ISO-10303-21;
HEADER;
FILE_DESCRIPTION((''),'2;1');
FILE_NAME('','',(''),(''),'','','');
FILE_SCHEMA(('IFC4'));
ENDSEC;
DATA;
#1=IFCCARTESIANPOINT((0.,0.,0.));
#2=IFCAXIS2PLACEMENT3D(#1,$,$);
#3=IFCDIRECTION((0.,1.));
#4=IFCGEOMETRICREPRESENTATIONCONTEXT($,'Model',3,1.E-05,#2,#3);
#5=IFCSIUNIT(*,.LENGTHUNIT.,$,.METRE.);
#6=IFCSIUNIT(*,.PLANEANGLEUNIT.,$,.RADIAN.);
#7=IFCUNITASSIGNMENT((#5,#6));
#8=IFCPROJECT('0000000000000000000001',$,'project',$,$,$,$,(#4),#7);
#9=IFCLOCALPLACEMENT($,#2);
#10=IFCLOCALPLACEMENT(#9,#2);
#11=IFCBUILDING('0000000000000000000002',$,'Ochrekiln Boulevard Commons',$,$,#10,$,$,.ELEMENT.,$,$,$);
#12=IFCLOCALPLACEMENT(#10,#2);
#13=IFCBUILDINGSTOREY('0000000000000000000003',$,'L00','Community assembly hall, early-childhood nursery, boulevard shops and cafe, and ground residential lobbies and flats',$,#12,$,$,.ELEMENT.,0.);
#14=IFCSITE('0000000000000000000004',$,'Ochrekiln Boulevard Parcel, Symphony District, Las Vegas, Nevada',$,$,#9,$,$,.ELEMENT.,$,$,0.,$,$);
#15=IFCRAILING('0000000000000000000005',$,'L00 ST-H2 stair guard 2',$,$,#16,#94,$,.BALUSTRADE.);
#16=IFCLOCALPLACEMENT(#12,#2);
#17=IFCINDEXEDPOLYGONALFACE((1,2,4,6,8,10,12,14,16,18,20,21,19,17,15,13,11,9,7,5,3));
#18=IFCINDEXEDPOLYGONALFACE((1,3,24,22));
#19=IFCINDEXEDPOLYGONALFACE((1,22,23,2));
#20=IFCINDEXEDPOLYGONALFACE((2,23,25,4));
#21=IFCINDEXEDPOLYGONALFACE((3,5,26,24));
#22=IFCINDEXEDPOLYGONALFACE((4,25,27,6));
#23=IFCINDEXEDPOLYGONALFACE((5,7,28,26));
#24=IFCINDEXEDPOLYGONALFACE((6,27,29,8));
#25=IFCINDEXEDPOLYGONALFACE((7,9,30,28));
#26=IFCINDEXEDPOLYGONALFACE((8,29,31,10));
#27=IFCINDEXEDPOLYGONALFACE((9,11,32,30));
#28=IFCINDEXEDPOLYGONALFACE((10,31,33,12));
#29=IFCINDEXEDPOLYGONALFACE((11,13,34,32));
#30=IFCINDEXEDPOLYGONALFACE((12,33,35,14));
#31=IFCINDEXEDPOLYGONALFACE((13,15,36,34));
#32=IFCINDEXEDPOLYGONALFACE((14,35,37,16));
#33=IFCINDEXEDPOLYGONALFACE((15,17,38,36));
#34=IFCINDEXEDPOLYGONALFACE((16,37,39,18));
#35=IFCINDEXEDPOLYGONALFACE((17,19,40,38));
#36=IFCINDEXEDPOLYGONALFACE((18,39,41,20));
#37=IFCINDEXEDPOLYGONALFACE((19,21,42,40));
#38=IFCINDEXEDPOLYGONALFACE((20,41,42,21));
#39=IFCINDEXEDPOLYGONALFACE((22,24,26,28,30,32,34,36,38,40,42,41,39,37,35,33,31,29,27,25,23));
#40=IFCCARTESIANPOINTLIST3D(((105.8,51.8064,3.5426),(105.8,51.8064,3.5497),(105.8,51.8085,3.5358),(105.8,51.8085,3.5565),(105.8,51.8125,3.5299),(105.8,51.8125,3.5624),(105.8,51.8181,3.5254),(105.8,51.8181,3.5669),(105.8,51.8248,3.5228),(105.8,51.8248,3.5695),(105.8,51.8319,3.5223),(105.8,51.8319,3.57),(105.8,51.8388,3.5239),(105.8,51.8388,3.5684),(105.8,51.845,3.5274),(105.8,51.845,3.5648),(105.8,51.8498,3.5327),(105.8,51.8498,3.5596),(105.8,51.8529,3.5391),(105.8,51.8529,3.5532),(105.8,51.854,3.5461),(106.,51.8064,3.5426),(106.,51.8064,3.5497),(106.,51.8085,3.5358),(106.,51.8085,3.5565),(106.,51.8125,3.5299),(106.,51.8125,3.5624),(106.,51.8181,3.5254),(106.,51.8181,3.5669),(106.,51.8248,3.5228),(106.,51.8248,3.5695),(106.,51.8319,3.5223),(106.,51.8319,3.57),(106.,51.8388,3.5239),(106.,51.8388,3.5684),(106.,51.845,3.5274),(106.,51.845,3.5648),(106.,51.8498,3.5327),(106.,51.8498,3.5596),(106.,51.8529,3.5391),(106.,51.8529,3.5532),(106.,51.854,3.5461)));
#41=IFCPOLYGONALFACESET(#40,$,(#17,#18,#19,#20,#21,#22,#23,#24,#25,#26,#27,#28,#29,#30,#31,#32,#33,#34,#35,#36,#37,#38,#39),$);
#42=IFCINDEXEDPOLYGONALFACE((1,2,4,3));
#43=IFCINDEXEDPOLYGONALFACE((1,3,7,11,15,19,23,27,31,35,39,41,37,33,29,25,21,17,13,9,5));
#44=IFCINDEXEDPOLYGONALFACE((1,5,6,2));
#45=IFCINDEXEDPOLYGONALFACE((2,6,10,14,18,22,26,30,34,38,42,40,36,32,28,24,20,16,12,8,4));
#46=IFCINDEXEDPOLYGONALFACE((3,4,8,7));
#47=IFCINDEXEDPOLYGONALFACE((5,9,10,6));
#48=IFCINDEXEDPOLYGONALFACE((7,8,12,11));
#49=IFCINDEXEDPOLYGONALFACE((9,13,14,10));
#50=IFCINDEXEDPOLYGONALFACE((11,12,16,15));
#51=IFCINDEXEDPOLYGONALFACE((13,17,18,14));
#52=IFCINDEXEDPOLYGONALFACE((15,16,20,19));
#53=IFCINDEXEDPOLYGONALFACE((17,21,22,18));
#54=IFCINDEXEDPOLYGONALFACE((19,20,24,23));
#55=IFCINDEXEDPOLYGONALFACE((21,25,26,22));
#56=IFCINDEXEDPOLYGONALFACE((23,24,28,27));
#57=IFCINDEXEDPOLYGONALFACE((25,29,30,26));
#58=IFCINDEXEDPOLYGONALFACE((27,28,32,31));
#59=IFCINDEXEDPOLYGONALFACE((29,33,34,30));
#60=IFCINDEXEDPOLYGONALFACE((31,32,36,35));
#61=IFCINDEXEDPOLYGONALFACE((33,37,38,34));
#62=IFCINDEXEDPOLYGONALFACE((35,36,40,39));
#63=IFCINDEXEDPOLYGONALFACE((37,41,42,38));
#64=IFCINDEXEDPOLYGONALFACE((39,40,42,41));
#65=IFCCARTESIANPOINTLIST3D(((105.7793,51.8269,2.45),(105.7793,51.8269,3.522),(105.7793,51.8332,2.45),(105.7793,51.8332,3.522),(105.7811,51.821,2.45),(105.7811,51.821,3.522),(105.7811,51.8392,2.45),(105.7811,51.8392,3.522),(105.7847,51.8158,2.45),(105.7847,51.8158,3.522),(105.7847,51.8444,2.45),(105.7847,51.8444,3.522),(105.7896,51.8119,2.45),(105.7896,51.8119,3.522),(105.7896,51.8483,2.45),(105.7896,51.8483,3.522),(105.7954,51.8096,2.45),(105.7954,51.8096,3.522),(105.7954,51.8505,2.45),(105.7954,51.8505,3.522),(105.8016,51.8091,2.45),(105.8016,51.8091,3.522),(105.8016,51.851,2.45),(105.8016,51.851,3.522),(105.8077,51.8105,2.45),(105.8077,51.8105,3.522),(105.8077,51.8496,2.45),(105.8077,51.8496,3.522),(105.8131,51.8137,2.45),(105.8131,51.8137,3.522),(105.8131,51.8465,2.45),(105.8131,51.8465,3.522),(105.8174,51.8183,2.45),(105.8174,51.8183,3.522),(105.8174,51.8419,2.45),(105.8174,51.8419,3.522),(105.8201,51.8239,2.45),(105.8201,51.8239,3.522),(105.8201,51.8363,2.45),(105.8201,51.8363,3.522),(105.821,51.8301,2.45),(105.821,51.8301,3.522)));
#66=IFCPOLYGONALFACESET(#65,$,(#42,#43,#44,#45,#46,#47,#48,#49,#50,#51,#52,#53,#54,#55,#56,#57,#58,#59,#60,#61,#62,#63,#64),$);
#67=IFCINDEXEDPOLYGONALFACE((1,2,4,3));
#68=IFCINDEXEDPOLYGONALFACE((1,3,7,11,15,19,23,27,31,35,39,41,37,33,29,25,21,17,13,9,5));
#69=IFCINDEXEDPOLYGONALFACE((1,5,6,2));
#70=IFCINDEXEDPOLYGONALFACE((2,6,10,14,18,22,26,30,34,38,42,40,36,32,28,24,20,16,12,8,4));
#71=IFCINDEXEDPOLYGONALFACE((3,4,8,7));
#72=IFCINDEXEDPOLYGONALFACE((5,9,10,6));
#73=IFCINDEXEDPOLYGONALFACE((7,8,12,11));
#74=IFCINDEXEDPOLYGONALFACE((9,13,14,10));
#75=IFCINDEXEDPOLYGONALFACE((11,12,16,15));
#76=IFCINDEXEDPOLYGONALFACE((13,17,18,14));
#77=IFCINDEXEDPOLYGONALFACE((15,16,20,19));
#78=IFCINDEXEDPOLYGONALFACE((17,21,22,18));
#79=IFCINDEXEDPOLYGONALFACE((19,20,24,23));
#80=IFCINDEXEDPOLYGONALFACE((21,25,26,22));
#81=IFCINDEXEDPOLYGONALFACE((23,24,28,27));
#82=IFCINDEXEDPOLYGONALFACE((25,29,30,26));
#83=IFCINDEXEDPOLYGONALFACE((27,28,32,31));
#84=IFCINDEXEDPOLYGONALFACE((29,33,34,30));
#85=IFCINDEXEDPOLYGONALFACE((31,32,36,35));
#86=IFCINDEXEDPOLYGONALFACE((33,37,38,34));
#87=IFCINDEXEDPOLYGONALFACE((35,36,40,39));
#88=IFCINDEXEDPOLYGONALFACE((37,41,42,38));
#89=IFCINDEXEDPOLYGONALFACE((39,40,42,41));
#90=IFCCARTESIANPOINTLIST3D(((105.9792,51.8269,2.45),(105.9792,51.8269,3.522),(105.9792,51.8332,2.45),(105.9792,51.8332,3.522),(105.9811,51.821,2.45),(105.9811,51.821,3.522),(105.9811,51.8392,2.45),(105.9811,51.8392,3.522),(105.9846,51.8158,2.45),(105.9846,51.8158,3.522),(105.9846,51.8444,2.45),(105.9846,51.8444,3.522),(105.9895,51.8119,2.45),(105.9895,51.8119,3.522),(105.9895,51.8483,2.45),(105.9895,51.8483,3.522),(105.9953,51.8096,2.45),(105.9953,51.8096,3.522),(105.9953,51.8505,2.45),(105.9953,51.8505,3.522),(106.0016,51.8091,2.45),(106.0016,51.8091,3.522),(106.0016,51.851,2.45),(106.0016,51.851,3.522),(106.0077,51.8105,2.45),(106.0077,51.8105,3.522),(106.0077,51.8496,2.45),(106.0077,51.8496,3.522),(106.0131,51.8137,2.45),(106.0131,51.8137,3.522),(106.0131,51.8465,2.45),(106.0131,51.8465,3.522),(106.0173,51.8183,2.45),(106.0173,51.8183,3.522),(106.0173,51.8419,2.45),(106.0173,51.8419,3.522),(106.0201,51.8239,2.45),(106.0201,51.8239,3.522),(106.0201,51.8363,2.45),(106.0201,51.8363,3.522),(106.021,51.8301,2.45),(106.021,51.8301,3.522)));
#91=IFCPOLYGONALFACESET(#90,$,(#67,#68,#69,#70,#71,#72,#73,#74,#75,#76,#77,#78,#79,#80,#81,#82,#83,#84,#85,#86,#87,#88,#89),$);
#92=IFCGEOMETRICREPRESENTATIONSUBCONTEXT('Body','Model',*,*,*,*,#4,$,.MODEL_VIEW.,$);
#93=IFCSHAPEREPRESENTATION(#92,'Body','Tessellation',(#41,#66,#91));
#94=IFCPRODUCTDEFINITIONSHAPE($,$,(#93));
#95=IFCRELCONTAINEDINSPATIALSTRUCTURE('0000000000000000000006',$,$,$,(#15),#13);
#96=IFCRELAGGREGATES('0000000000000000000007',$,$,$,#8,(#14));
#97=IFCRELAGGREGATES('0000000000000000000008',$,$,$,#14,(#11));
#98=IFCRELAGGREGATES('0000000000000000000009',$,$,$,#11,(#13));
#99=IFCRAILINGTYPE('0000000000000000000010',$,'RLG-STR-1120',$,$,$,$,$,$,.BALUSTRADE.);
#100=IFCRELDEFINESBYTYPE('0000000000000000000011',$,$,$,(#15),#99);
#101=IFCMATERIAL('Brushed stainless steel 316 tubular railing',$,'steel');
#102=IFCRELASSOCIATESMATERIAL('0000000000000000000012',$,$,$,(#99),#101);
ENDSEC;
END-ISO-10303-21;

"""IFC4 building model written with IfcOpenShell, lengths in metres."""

from ifc_helpers import new_model, si_unit, direction, frame, origin, origin_2d, place, context, subcontext, project, spatial, circle, extrude, material, type_object, element, save


model = new_model("IFC4")

# Units and contexts
model_context = context("Model", 3, precision=1e-05, world=origin(), true_north=direction((0.0, 1.0)))
body_context = subcontext(model_context, "Body", "Model", "MODEL_VIEW")
ifc_project = project(units=[si_unit("LENGTHUNIT", "METRE"), si_unit("PLANEANGLEUNIT", "RADIAN")], contexts=[model_context])

# Site, building, storey
site_placement = place(None, origin())
site = spatial("IfcSite", under=ifc_project, at=site_placement, Name="Ochrekiln Boulevard Parcel, Symphony District, Las Vegas, Nevada", CompositionType="ELEMENT", RefElevation=0.0)
building_placement = place(site_placement, origin())
building = spatial("IfcBuilding", under=site, at=building_placement, Name="Ochrekiln Boulevard Commons", CompositionType="ELEMENT")
storey_placement = place(building_placement, origin())
storey = spatial("IfcBuildingStorey", under=building, at=storey_placement, Name="L00", Description="Community assembly hall, early-childhood nursery, boulevard shops and cafe, and ground residential lobbies and flats", CompositionType="ELEMENT", Elevation=0.0)

# Railing
ifc_material_1 = material(Name="Brushed stainless steel 316 tubular railing", Category="steel")
railing_type_1 = type_object("IfcRailingType", Name="RLG-STR-1120", PredefinedType="BALUSTRADE", material=ifc_material_1)
railing_1_placement = place(storey_placement, frame((105.8, 51.8301, 2.45)))
element("IfcRailing", 1, at=railing_1_placement, inside=storey, type_object=railing_type_1, Name="L00 ST-H2 stair guard 2", PredefinedType="BALUSTRADE", context=body_context, shape_type="SweptSolid", body=[
    extrude(circle(Radius=0.0239, at=origin_2d()), frame((0.0, 0.0, 1.0962), z_axis=(1.0, 0.0, 0.0), x_axis=(0.0, 1.0, 0.0)), (0.0, 0.0, 1.0), 0.2),
    extrude(circle(Radius=0.021, at=origin_2d()), origin(), (0.0, 0.0, 1.0), 1.072),
    extrude(circle(Radius=0.021, at=origin_2d()), frame((0.2, 0.0, 0.0)), (0.0, 0.0, 1.0), 1.072),
])

save(model, "model.ifc")
